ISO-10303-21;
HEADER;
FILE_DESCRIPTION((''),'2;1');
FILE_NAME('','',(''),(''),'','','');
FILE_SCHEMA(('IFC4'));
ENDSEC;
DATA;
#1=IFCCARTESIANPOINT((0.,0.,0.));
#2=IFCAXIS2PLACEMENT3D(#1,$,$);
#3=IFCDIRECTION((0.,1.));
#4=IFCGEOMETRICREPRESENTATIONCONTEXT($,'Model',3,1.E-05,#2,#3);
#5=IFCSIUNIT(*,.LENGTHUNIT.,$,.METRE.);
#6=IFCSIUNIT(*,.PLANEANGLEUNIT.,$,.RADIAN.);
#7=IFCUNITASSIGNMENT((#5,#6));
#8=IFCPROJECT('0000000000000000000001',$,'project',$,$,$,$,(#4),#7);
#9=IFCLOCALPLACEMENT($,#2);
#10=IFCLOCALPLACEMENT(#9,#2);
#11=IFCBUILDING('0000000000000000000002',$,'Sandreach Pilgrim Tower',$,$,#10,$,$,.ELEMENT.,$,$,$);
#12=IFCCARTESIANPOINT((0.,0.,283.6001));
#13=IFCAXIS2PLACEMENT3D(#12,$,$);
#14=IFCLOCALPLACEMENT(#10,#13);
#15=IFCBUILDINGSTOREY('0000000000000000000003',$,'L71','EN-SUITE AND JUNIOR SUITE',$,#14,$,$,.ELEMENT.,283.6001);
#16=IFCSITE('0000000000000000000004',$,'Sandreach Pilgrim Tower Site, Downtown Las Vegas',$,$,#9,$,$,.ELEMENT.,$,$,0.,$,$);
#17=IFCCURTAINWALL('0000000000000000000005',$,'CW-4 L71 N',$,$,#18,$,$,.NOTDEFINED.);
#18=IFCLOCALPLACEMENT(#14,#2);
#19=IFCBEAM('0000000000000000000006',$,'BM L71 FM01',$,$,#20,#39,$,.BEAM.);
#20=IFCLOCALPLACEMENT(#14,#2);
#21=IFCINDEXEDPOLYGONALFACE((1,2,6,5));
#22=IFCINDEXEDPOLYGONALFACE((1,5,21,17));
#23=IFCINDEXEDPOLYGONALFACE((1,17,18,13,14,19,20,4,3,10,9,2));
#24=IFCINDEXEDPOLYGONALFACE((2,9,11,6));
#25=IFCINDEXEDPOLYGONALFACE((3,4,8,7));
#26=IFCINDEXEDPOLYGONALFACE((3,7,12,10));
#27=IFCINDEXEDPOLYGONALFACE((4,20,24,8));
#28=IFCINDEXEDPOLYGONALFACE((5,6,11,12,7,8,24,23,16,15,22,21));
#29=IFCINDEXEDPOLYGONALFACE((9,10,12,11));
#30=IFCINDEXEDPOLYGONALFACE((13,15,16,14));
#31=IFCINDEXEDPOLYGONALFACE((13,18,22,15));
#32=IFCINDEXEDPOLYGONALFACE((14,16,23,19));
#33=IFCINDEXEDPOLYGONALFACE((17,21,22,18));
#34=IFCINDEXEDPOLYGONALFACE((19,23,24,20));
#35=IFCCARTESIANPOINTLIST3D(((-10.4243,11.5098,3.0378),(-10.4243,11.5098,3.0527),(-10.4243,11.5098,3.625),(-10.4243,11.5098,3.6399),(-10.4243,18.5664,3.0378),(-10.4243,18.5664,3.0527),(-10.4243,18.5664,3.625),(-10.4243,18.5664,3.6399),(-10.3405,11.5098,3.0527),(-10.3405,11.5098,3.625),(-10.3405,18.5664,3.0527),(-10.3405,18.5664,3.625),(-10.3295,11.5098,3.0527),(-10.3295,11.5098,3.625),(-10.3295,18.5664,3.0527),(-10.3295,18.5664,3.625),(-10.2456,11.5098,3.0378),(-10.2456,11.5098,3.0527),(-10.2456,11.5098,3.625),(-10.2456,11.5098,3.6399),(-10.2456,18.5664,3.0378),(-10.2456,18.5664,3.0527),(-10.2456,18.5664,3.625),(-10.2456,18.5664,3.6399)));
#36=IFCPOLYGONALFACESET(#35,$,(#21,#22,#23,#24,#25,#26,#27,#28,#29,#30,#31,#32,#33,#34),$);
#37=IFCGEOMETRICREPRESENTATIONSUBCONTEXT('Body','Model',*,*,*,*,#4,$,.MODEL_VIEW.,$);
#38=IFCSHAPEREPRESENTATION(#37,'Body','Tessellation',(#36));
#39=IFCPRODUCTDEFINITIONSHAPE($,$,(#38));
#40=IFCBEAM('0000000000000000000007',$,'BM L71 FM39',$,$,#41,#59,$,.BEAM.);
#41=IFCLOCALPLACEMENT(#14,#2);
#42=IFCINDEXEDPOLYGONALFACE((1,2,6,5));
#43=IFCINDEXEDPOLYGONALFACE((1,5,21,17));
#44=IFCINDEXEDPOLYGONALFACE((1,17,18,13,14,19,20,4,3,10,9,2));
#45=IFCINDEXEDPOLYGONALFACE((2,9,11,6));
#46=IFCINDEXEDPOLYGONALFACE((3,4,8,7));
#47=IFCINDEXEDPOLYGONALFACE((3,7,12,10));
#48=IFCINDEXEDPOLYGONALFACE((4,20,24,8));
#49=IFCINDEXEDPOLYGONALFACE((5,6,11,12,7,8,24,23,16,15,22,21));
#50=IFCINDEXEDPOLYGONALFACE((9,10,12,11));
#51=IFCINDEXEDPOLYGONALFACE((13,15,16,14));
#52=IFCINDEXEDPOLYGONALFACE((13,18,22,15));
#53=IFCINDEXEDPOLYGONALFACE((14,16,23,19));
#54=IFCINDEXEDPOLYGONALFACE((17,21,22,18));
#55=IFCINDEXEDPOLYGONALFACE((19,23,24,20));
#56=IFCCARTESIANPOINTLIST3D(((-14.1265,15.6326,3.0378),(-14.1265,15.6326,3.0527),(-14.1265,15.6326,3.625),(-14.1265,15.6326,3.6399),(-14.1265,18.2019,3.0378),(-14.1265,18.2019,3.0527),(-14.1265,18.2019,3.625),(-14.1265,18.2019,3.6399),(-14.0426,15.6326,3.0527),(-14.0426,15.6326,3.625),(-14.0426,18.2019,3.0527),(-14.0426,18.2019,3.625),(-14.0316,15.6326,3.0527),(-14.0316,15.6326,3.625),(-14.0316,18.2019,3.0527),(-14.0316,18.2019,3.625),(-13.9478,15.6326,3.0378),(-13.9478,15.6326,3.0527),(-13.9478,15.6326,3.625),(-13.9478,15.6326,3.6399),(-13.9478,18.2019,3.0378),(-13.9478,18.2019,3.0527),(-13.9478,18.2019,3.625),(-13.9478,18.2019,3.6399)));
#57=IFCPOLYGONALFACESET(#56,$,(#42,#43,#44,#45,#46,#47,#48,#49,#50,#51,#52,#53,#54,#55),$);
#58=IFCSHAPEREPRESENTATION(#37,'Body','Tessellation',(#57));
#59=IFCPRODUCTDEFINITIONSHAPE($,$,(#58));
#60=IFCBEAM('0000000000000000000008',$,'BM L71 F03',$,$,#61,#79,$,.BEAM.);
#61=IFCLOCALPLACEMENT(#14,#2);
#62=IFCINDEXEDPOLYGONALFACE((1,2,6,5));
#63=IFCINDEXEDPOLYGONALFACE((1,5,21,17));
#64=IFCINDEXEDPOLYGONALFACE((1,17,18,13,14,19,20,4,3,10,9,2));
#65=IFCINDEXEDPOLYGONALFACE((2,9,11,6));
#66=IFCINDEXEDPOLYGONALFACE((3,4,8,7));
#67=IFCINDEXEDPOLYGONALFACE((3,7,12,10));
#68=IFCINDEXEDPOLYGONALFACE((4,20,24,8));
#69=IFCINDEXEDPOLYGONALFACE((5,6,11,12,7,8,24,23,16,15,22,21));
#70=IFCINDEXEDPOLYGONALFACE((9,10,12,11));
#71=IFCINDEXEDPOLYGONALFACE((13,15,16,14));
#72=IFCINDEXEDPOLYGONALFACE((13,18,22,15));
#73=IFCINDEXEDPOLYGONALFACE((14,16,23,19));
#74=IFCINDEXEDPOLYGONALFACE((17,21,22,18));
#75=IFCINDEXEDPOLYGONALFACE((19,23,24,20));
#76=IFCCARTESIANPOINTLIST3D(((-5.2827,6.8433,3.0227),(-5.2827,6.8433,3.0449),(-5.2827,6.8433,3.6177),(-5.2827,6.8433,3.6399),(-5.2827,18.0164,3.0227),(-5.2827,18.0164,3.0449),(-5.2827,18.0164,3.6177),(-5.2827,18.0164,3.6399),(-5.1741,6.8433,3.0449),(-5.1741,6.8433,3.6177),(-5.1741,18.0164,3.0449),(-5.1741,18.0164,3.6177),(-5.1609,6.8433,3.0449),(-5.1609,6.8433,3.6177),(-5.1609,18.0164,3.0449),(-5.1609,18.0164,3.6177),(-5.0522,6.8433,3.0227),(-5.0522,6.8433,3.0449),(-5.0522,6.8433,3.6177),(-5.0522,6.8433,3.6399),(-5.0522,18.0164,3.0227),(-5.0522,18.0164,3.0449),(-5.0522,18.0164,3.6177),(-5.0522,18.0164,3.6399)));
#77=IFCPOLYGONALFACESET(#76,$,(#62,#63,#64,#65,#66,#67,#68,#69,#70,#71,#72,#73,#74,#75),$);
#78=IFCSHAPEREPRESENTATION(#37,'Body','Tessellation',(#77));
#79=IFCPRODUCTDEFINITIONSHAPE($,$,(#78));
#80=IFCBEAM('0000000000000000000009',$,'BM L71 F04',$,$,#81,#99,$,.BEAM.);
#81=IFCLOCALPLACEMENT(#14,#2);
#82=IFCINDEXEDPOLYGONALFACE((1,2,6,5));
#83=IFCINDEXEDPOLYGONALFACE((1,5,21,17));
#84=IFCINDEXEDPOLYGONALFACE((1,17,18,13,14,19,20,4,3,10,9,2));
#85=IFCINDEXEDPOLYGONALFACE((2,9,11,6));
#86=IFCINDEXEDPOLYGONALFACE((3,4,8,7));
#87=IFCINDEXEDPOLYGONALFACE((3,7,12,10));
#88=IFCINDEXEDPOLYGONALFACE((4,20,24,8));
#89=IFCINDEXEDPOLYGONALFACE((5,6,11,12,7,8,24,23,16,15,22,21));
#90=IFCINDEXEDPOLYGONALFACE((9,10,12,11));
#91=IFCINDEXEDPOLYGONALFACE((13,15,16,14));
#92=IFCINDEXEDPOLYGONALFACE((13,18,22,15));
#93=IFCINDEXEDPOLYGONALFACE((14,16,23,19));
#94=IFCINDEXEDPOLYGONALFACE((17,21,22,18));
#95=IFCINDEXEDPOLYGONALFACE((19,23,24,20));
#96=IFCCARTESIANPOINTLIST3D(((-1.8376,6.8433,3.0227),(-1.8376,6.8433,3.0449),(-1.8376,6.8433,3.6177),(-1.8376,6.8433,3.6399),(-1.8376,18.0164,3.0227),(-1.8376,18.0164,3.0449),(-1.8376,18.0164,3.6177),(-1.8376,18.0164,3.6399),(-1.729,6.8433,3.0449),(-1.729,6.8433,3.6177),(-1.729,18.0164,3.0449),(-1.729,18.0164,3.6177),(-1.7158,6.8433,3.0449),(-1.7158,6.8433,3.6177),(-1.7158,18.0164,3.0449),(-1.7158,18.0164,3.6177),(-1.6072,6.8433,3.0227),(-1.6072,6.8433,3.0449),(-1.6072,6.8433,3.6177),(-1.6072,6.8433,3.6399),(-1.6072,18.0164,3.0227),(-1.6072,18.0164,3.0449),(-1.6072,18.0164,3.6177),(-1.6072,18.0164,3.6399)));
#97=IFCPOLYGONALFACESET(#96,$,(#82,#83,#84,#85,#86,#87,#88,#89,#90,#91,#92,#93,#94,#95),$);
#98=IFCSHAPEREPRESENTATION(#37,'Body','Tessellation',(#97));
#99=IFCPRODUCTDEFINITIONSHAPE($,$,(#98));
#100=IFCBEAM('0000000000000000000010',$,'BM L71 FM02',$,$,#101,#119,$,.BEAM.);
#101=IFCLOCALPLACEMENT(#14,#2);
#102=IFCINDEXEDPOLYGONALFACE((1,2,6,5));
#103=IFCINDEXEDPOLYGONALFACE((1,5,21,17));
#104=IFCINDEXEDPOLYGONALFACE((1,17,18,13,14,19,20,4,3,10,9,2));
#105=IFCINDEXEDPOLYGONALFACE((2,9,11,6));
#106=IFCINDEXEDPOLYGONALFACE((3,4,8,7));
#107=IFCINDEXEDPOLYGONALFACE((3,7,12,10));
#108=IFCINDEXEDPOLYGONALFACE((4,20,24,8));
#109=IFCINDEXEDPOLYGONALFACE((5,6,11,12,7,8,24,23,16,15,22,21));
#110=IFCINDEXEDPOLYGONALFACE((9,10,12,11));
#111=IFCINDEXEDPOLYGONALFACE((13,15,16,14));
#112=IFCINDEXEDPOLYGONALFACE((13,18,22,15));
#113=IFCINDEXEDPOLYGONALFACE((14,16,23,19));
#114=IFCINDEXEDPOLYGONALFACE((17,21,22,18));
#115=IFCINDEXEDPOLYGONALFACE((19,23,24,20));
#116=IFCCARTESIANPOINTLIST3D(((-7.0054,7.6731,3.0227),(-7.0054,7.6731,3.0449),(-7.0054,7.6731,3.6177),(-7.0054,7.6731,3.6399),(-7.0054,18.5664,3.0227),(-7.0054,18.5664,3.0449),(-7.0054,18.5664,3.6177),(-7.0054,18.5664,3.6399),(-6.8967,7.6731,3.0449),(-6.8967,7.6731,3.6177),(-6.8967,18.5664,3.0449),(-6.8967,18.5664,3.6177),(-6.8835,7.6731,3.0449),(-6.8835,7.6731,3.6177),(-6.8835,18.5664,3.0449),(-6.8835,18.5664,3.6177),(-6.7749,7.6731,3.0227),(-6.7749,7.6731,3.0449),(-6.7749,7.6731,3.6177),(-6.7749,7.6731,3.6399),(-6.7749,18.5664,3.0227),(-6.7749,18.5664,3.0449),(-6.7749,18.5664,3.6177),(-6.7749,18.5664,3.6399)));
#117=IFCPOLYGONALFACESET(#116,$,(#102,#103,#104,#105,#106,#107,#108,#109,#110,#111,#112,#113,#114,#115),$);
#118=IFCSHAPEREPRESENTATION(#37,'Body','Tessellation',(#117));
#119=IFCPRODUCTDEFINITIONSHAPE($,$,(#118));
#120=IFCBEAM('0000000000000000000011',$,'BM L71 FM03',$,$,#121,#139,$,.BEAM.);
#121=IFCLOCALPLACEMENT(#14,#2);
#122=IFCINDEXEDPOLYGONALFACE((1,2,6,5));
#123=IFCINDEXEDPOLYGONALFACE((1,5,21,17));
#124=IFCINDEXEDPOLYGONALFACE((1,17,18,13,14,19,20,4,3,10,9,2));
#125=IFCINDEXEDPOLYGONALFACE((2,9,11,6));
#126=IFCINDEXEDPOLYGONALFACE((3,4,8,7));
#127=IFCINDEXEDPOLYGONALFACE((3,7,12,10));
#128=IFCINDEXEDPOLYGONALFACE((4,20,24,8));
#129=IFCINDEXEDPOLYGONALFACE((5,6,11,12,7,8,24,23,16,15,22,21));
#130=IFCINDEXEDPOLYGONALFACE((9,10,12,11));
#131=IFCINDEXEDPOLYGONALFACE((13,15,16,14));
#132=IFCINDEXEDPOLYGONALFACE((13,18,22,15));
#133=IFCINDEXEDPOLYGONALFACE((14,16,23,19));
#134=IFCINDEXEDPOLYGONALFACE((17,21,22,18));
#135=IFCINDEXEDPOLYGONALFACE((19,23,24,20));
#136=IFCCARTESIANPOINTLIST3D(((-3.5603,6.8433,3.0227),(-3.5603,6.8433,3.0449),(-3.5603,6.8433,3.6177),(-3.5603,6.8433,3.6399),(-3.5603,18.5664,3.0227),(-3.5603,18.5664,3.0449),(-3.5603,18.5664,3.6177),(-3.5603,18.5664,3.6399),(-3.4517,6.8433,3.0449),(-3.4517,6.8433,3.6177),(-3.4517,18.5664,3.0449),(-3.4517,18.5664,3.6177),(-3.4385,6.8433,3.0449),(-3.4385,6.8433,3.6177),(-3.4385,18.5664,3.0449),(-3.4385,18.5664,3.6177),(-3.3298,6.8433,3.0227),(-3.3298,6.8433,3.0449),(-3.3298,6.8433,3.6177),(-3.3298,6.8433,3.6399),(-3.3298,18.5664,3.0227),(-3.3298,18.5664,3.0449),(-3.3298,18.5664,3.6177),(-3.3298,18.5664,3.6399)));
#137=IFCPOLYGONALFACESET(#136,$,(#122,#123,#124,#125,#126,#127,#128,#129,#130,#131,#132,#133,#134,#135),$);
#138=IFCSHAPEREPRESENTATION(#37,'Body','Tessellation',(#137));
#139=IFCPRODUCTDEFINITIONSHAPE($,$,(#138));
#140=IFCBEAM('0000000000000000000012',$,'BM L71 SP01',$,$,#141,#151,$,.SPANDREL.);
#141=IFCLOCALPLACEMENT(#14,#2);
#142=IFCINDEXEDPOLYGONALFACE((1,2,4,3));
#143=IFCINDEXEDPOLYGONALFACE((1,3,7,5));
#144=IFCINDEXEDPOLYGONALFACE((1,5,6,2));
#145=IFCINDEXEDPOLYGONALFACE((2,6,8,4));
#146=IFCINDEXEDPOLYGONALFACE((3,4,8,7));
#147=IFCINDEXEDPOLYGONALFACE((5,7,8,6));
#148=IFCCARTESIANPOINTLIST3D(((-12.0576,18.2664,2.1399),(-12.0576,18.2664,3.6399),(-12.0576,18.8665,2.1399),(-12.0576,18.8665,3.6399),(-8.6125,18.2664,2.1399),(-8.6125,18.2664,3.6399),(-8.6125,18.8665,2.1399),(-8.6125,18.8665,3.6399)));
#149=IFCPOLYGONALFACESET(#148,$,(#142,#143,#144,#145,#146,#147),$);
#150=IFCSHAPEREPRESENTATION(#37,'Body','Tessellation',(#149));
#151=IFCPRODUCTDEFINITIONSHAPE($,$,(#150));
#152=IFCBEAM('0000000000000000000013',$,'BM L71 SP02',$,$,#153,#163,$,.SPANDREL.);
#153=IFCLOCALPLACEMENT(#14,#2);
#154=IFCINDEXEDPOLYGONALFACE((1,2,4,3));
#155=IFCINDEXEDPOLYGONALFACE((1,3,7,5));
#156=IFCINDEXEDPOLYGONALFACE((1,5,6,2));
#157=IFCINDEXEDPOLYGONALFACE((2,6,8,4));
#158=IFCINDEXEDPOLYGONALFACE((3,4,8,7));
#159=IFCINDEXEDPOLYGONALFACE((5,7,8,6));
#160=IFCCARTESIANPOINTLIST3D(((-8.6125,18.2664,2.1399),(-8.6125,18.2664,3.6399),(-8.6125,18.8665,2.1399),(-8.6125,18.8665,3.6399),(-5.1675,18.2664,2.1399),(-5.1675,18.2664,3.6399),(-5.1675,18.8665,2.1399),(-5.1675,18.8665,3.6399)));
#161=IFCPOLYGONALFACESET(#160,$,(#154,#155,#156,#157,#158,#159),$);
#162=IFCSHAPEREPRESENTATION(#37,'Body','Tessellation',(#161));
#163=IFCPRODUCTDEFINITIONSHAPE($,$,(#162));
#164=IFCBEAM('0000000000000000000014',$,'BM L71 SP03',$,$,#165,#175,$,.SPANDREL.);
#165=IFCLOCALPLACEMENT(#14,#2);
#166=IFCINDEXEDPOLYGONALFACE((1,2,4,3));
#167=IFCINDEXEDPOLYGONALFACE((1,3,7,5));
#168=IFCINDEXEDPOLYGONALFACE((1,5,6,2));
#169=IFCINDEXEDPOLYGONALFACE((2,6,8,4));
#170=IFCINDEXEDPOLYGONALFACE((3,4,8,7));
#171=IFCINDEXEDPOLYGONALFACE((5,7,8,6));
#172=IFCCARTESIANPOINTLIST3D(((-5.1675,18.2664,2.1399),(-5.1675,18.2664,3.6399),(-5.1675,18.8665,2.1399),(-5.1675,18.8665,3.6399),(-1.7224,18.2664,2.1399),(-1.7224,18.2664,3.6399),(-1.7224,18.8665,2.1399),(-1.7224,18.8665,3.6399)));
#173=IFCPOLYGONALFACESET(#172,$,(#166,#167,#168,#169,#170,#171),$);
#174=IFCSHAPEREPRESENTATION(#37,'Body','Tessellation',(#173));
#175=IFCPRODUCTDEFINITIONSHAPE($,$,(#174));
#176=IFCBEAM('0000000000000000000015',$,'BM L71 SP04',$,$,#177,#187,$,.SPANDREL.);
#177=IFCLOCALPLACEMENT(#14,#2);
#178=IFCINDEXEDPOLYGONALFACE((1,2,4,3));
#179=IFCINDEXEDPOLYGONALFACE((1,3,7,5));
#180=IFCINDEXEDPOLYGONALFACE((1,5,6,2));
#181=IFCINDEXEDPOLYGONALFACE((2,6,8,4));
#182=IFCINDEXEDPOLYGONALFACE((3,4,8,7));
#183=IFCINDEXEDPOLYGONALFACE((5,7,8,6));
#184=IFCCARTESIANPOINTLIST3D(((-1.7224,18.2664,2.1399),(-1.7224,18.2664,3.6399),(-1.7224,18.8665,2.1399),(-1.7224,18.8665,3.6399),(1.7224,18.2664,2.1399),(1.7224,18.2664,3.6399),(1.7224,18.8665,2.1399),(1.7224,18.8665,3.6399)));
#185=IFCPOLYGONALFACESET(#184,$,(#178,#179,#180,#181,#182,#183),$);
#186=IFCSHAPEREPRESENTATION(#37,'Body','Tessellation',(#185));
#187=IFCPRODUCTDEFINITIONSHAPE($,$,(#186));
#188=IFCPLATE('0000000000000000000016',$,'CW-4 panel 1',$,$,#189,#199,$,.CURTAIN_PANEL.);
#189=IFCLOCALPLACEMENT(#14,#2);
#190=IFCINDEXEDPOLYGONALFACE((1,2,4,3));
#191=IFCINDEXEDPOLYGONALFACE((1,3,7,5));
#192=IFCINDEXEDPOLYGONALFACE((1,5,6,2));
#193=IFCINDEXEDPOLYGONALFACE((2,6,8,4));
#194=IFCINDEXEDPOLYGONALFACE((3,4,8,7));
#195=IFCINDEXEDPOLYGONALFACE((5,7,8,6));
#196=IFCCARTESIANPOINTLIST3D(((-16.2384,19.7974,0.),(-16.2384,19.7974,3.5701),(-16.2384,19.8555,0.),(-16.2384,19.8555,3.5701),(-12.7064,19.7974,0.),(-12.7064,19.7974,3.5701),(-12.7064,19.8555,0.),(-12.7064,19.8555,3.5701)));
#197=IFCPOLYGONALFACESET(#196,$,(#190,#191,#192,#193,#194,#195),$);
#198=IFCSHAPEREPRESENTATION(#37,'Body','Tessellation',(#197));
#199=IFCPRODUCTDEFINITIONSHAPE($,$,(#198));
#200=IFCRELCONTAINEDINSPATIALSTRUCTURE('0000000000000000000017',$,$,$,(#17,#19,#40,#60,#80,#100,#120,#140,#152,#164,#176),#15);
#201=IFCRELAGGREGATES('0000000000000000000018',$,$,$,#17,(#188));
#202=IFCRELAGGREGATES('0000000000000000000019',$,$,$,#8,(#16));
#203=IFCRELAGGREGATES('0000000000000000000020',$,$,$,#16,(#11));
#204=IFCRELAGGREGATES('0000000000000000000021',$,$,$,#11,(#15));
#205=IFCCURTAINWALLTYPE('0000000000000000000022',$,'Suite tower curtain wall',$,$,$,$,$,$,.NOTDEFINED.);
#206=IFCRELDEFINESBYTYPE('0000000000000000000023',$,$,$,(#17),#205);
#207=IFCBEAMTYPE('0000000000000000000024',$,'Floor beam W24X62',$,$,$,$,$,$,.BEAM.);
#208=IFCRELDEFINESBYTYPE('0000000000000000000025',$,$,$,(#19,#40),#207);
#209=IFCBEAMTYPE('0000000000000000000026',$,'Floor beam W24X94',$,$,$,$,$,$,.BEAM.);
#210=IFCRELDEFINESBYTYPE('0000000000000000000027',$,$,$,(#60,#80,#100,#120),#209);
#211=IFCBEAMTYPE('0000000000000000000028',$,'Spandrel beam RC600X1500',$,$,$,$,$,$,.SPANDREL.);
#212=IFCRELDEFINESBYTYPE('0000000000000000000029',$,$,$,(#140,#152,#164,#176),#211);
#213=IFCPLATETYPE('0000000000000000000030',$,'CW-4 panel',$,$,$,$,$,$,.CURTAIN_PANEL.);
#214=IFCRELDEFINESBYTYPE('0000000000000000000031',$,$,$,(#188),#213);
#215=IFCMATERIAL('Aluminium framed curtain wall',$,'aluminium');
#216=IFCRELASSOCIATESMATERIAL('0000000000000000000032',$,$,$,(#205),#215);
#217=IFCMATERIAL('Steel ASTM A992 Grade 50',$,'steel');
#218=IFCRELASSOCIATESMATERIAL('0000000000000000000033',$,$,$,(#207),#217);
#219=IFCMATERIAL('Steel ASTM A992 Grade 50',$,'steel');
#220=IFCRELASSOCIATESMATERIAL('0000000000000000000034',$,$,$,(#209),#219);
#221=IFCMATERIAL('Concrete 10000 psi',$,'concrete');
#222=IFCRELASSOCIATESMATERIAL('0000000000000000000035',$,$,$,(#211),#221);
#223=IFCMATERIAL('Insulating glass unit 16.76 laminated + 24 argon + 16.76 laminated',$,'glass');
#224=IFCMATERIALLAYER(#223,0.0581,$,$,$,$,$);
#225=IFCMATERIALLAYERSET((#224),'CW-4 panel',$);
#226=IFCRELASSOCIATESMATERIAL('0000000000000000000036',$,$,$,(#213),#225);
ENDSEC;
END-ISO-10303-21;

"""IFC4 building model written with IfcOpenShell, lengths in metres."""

from ifc_helpers import new_model, si_unit, direction, frame, origin, origin_2d, place, context, subcontext, project, spatial, rectangle, i_section, extrude, material, layer, layer_set, material_profile, profile_set, type_object, element, aggregate, save


model = new_model("IFC4")

# Units and contexts
model_context = context("Model", 3, precision=1e-05, world=origin(), true_north=direction((0.0, 1.0)))
body_context = subcontext(model_context, "Body", "Model", "MODEL_VIEW")
ifc_project = project(units=[si_unit("LENGTHUNIT", "METRE"), si_unit("PLANEANGLEUNIT", "RADIAN")], contexts=[model_context])

# Site, building, storey
site_placement = place(None, origin())
site = spatial("IfcSite", under=ifc_project, at=site_placement, Name="Sandreach Pilgrim Tower Site, Downtown Las Vegas", CompositionType="ELEMENT", RefElevation=0.0)
building_placement = place(site_placement, origin())
building = spatial("IfcBuilding", under=site, at=building_placement, Name="Sandreach Pilgrim Tower", CompositionType="ELEMENT")
storey_placement = place(building_placement, frame((0.0, 0.0, 283.6001)))
storey = spatial("IfcBuildingStorey", under=building, at=storey_placement, Name="L71", Description="EN-SUITE AND JUNIOR SUITE", CompositionType="ELEMENT", Elevation=283.6001)

# Curtain wall
ifc_material_1 = material(Name="Aluminium framed curtain wall", Category="aluminium")
curtain_wall_type = type_object("IfcCurtainWallType", Name="Suite tower curtain wall", PredefinedType="NOTDEFINED", material=ifc_material_1)
curtain_wall_placement = place(storey_placement, origin())
curtain_wall = element("IfcCurtainWall", 1, at=curtain_wall_placement, inside=storey, type_object=curtain_wall_type, Name="CW-4 L71 N", PredefinedType="NOTDEFINED")

# Beams
ifc_material_2 = material(Name="Steel ASTM A992 Grade 50", Category="steel")
ifc_material_profile_1 = material_profile(ifc_material_2, i_section(OverallWidth=0.1787, OverallDepth=0.6021, WebThickness=0.011, FlangeThickness=0.0149, at=origin_2d()), Name="W24X62")
ifc_profile_set_1 = profile_set([ifc_material_profile_1], Name="Steel ASTM A992 Grade 50")
beam_type_1 = type_object("IfcBeamType", Name="Floor beam W24X62", PredefinedType="BEAM", material=ifc_profile_set_1)
beam_1_placement = place(storey_placement, frame((-10.335, 18.5664, 3.3389), z_axis=(0.0, -1.0, 0.0), x_axis=(1.0, 0.0, 0.0)))
element("IfcBeam", 2, at=beam_1_placement, inside=storey, type_object=beam_type_1, Name="BM L71 FM01", PredefinedType="BEAM", context=body_context, shape_type="SweptSolid", body=[
    extrude(i_section(OverallWidth=0.1787, OverallDepth=0.6021, WebThickness=0.011, FlangeThickness=0.0149, at=origin_2d()), origin(), (0.0, 0.0, 1.0), 7.0566),
])
beam_2_placement = place(storey_placement, frame((-14.0371, 18.2019, 3.3389), z_axis=(0.0, -1.0, 0.0), x_axis=(1.0, 0.0, 0.0)))
element("IfcBeam", 3, at=beam_2_placement, inside=storey, type_object=beam_type_1, Name="BM L71 FM39", PredefinedType="BEAM", context=body_context, shape_type="SweptSolid", body=[
    extrude(i_section(OverallWidth=0.1787, OverallDepth=0.6021, WebThickness=0.011, FlangeThickness=0.0149, at=origin_2d()), origin(), (0.0, 0.0, 1.0), 2.5693),
])
ifc_material_3 = material(Name="Steel ASTM A992 Grade 50", Category="steel")
ifc_material_profile_2 = material_profile(ifc_material_3, i_section(OverallWidth=0.2305, OverallDepth=0.6172, WebThickness=0.0132, FlangeThickness=0.0222, at=origin_2d()), Name="W24X94")
ifc_profile_set_2 = profile_set([ifc_material_profile_2], Name="Steel ASTM A992 Grade 50")
beam_type_2 = type_object("IfcBeamType", Name="Floor beam W24X94", PredefinedType="BEAM", material=ifc_profile_set_2)
for number, where, z_axis, x_axis, name in (
    (4, (-5.1675, 18.0164, 3.3313), (0.0, -1.0, 0.0), (1.0, 0.0, 0.0), "BM L71 F03"),
    (5, (-1.7224, 18.0164, 3.3313), (0.0, -1.0, 0.0), (1.0, 0.0, 0.0), "BM L71 F04"),
):
    element("IfcBeam", number, at=place(storey_placement, frame(where, z_axis=z_axis, x_axis=x_axis)), inside=storey, type_object=beam_type_2, Name=name, PredefinedType="BEAM", context=body_context, shape_type="SweptSolid", body=[
        extrude(i_section(OverallWidth=0.2305, OverallDepth=0.6172, WebThickness=0.0132, FlangeThickness=0.0222, at=origin_2d()), origin(), (0.0, 0.0, 1.0), 11.1731),
    ])
beam_3_placement = place(storey_placement, frame((-6.8901, 18.5664, 3.3313), z_axis=(0.0, -1.0, 0.0), x_axis=(1.0, 0.0, 0.0)))
element("IfcBeam", 6, at=beam_3_placement, inside=storey, type_object=beam_type_2, Name="BM L71 FM02", PredefinedType="BEAM", context=body_context, shape_type="SweptSolid", body=[
    extrude(i_section(OverallWidth=0.2305, OverallDepth=0.6172, WebThickness=0.0132, FlangeThickness=0.0222, at=origin_2d()), origin(), (0.0, 0.0, 1.0), 10.8933),
])
beam_4_placement = place(storey_placement, frame((-3.4451, 18.5664, 3.3313), z_axis=(0.0, -1.0, 0.0), x_axis=(1.0, 0.0, 0.0)))
element("IfcBeam", 7, at=beam_4_placement, inside=storey, type_object=beam_type_2, Name="BM L71 FM03", PredefinedType="BEAM", context=body_context, shape_type="SweptSolid", body=[
    extrude(i_section(OverallWidth=0.2305, OverallDepth=0.6172, WebThickness=0.0132, FlangeThickness=0.0222, at=origin_2d()), origin(), (0.0, 0.0, 1.0), 11.7231),
])
ifc_material_4 = material(Name="Concrete 10000 psi", Category="concrete")
ifc_material_profile_3 = material_profile(ifc_material_4, rectangle(XDim=0.6001, YDim=1.5, at=origin_2d()), Name="RC600X1500")
ifc_profile_set_3 = profile_set([ifc_material_profile_3], Name="Concrete 10000 psi")
beam_type_3 = type_object("IfcBeamType", Name="Spandrel beam RC600X1500", PredefinedType="SPANDREL", material=ifc_profile_set_3)
for number, where, z_axis, x_axis, name in (
    (8, (-12.0576, 18.5664, 2.8899), (1.0, 0.0, 0.0), (0.0, 1.0, 0.0), "BM L71 SP01"),
    (9, (-8.6125, 18.5664, 2.8899), (1.0, 0.0, 0.0), (0.0, 1.0, 0.0), "BM L71 SP02"),
    (10, (-5.1675, 18.5664, 2.8899), (1.0, 0.0, 0.0), (0.0, 1.0, 0.0), "BM L71 SP03"),
):
    element("IfcBeam", number, at=place(storey_placement, frame(where, z_axis=z_axis, x_axis=x_axis)), inside=storey, type_object=beam_type_3, Name=name, PredefinedType="SPANDREL", context=body_context, shape_type="SweptSolid", body=[
        extrude(rectangle(XDim=0.6001, YDim=1.5, at=origin_2d()), origin(), (0.0, 0.0, 1.0), 3.4451),
    ])
beam_5_placement = place(storey_placement, frame((-1.7224, 18.5664, 2.8899), z_axis=(1.0, 0.0, 0.0), x_axis=(0.0, 1.0, 0.0)))
element("IfcBeam", 11, at=beam_5_placement, inside=storey, type_object=beam_type_3, Name="BM L71 SP04", PredefinedType="SPANDREL", context=body_context, shape_type="SweptSolid", body=[
    extrude(rectangle(XDim=0.6001, YDim=1.5, at=origin_2d()), origin(), (0.0, 0.0, 1.0), 3.4448),
])

# Plate
ifc_material_5 = material(Name="Insulating glass unit 16.76 laminated + 24 argon + 16.76 laminated", Category="glass")
ifc_layer_1 = layer(ifc_material_5, 0.0581)
ifc_layer_set_1 = layer_set([ifc_layer_1], Name="CW-4 panel")
plate_type = type_object("IfcPlateType", Name="CW-4 panel", PredefinedType="CURTAIN_PANEL", material=ifc_layer_set_1)
plate_1_placement = place(storey_placement, frame((-14.4724, 19.8264, 0.0), z_axis=(0.0, 0.0, 1.0), x_axis=(1.0, 0.0, 0.0)))
plate_1 = element("IfcPlate", 12, at=plate_1_placement, type_object=plate_type, Name="CW-4 panel 1", PredefinedType="CURTAIN_PANEL", context=body_context, shape_type="SweptSolid", body=[
    extrude(rectangle(XDim=3.532, YDim=0.0581, at=origin_2d()), origin(), (0.0, 0.0, 1.0), 3.5701),
])
aggregate(curtain_wall, [plate_1])

save(model, "model.ifc")
